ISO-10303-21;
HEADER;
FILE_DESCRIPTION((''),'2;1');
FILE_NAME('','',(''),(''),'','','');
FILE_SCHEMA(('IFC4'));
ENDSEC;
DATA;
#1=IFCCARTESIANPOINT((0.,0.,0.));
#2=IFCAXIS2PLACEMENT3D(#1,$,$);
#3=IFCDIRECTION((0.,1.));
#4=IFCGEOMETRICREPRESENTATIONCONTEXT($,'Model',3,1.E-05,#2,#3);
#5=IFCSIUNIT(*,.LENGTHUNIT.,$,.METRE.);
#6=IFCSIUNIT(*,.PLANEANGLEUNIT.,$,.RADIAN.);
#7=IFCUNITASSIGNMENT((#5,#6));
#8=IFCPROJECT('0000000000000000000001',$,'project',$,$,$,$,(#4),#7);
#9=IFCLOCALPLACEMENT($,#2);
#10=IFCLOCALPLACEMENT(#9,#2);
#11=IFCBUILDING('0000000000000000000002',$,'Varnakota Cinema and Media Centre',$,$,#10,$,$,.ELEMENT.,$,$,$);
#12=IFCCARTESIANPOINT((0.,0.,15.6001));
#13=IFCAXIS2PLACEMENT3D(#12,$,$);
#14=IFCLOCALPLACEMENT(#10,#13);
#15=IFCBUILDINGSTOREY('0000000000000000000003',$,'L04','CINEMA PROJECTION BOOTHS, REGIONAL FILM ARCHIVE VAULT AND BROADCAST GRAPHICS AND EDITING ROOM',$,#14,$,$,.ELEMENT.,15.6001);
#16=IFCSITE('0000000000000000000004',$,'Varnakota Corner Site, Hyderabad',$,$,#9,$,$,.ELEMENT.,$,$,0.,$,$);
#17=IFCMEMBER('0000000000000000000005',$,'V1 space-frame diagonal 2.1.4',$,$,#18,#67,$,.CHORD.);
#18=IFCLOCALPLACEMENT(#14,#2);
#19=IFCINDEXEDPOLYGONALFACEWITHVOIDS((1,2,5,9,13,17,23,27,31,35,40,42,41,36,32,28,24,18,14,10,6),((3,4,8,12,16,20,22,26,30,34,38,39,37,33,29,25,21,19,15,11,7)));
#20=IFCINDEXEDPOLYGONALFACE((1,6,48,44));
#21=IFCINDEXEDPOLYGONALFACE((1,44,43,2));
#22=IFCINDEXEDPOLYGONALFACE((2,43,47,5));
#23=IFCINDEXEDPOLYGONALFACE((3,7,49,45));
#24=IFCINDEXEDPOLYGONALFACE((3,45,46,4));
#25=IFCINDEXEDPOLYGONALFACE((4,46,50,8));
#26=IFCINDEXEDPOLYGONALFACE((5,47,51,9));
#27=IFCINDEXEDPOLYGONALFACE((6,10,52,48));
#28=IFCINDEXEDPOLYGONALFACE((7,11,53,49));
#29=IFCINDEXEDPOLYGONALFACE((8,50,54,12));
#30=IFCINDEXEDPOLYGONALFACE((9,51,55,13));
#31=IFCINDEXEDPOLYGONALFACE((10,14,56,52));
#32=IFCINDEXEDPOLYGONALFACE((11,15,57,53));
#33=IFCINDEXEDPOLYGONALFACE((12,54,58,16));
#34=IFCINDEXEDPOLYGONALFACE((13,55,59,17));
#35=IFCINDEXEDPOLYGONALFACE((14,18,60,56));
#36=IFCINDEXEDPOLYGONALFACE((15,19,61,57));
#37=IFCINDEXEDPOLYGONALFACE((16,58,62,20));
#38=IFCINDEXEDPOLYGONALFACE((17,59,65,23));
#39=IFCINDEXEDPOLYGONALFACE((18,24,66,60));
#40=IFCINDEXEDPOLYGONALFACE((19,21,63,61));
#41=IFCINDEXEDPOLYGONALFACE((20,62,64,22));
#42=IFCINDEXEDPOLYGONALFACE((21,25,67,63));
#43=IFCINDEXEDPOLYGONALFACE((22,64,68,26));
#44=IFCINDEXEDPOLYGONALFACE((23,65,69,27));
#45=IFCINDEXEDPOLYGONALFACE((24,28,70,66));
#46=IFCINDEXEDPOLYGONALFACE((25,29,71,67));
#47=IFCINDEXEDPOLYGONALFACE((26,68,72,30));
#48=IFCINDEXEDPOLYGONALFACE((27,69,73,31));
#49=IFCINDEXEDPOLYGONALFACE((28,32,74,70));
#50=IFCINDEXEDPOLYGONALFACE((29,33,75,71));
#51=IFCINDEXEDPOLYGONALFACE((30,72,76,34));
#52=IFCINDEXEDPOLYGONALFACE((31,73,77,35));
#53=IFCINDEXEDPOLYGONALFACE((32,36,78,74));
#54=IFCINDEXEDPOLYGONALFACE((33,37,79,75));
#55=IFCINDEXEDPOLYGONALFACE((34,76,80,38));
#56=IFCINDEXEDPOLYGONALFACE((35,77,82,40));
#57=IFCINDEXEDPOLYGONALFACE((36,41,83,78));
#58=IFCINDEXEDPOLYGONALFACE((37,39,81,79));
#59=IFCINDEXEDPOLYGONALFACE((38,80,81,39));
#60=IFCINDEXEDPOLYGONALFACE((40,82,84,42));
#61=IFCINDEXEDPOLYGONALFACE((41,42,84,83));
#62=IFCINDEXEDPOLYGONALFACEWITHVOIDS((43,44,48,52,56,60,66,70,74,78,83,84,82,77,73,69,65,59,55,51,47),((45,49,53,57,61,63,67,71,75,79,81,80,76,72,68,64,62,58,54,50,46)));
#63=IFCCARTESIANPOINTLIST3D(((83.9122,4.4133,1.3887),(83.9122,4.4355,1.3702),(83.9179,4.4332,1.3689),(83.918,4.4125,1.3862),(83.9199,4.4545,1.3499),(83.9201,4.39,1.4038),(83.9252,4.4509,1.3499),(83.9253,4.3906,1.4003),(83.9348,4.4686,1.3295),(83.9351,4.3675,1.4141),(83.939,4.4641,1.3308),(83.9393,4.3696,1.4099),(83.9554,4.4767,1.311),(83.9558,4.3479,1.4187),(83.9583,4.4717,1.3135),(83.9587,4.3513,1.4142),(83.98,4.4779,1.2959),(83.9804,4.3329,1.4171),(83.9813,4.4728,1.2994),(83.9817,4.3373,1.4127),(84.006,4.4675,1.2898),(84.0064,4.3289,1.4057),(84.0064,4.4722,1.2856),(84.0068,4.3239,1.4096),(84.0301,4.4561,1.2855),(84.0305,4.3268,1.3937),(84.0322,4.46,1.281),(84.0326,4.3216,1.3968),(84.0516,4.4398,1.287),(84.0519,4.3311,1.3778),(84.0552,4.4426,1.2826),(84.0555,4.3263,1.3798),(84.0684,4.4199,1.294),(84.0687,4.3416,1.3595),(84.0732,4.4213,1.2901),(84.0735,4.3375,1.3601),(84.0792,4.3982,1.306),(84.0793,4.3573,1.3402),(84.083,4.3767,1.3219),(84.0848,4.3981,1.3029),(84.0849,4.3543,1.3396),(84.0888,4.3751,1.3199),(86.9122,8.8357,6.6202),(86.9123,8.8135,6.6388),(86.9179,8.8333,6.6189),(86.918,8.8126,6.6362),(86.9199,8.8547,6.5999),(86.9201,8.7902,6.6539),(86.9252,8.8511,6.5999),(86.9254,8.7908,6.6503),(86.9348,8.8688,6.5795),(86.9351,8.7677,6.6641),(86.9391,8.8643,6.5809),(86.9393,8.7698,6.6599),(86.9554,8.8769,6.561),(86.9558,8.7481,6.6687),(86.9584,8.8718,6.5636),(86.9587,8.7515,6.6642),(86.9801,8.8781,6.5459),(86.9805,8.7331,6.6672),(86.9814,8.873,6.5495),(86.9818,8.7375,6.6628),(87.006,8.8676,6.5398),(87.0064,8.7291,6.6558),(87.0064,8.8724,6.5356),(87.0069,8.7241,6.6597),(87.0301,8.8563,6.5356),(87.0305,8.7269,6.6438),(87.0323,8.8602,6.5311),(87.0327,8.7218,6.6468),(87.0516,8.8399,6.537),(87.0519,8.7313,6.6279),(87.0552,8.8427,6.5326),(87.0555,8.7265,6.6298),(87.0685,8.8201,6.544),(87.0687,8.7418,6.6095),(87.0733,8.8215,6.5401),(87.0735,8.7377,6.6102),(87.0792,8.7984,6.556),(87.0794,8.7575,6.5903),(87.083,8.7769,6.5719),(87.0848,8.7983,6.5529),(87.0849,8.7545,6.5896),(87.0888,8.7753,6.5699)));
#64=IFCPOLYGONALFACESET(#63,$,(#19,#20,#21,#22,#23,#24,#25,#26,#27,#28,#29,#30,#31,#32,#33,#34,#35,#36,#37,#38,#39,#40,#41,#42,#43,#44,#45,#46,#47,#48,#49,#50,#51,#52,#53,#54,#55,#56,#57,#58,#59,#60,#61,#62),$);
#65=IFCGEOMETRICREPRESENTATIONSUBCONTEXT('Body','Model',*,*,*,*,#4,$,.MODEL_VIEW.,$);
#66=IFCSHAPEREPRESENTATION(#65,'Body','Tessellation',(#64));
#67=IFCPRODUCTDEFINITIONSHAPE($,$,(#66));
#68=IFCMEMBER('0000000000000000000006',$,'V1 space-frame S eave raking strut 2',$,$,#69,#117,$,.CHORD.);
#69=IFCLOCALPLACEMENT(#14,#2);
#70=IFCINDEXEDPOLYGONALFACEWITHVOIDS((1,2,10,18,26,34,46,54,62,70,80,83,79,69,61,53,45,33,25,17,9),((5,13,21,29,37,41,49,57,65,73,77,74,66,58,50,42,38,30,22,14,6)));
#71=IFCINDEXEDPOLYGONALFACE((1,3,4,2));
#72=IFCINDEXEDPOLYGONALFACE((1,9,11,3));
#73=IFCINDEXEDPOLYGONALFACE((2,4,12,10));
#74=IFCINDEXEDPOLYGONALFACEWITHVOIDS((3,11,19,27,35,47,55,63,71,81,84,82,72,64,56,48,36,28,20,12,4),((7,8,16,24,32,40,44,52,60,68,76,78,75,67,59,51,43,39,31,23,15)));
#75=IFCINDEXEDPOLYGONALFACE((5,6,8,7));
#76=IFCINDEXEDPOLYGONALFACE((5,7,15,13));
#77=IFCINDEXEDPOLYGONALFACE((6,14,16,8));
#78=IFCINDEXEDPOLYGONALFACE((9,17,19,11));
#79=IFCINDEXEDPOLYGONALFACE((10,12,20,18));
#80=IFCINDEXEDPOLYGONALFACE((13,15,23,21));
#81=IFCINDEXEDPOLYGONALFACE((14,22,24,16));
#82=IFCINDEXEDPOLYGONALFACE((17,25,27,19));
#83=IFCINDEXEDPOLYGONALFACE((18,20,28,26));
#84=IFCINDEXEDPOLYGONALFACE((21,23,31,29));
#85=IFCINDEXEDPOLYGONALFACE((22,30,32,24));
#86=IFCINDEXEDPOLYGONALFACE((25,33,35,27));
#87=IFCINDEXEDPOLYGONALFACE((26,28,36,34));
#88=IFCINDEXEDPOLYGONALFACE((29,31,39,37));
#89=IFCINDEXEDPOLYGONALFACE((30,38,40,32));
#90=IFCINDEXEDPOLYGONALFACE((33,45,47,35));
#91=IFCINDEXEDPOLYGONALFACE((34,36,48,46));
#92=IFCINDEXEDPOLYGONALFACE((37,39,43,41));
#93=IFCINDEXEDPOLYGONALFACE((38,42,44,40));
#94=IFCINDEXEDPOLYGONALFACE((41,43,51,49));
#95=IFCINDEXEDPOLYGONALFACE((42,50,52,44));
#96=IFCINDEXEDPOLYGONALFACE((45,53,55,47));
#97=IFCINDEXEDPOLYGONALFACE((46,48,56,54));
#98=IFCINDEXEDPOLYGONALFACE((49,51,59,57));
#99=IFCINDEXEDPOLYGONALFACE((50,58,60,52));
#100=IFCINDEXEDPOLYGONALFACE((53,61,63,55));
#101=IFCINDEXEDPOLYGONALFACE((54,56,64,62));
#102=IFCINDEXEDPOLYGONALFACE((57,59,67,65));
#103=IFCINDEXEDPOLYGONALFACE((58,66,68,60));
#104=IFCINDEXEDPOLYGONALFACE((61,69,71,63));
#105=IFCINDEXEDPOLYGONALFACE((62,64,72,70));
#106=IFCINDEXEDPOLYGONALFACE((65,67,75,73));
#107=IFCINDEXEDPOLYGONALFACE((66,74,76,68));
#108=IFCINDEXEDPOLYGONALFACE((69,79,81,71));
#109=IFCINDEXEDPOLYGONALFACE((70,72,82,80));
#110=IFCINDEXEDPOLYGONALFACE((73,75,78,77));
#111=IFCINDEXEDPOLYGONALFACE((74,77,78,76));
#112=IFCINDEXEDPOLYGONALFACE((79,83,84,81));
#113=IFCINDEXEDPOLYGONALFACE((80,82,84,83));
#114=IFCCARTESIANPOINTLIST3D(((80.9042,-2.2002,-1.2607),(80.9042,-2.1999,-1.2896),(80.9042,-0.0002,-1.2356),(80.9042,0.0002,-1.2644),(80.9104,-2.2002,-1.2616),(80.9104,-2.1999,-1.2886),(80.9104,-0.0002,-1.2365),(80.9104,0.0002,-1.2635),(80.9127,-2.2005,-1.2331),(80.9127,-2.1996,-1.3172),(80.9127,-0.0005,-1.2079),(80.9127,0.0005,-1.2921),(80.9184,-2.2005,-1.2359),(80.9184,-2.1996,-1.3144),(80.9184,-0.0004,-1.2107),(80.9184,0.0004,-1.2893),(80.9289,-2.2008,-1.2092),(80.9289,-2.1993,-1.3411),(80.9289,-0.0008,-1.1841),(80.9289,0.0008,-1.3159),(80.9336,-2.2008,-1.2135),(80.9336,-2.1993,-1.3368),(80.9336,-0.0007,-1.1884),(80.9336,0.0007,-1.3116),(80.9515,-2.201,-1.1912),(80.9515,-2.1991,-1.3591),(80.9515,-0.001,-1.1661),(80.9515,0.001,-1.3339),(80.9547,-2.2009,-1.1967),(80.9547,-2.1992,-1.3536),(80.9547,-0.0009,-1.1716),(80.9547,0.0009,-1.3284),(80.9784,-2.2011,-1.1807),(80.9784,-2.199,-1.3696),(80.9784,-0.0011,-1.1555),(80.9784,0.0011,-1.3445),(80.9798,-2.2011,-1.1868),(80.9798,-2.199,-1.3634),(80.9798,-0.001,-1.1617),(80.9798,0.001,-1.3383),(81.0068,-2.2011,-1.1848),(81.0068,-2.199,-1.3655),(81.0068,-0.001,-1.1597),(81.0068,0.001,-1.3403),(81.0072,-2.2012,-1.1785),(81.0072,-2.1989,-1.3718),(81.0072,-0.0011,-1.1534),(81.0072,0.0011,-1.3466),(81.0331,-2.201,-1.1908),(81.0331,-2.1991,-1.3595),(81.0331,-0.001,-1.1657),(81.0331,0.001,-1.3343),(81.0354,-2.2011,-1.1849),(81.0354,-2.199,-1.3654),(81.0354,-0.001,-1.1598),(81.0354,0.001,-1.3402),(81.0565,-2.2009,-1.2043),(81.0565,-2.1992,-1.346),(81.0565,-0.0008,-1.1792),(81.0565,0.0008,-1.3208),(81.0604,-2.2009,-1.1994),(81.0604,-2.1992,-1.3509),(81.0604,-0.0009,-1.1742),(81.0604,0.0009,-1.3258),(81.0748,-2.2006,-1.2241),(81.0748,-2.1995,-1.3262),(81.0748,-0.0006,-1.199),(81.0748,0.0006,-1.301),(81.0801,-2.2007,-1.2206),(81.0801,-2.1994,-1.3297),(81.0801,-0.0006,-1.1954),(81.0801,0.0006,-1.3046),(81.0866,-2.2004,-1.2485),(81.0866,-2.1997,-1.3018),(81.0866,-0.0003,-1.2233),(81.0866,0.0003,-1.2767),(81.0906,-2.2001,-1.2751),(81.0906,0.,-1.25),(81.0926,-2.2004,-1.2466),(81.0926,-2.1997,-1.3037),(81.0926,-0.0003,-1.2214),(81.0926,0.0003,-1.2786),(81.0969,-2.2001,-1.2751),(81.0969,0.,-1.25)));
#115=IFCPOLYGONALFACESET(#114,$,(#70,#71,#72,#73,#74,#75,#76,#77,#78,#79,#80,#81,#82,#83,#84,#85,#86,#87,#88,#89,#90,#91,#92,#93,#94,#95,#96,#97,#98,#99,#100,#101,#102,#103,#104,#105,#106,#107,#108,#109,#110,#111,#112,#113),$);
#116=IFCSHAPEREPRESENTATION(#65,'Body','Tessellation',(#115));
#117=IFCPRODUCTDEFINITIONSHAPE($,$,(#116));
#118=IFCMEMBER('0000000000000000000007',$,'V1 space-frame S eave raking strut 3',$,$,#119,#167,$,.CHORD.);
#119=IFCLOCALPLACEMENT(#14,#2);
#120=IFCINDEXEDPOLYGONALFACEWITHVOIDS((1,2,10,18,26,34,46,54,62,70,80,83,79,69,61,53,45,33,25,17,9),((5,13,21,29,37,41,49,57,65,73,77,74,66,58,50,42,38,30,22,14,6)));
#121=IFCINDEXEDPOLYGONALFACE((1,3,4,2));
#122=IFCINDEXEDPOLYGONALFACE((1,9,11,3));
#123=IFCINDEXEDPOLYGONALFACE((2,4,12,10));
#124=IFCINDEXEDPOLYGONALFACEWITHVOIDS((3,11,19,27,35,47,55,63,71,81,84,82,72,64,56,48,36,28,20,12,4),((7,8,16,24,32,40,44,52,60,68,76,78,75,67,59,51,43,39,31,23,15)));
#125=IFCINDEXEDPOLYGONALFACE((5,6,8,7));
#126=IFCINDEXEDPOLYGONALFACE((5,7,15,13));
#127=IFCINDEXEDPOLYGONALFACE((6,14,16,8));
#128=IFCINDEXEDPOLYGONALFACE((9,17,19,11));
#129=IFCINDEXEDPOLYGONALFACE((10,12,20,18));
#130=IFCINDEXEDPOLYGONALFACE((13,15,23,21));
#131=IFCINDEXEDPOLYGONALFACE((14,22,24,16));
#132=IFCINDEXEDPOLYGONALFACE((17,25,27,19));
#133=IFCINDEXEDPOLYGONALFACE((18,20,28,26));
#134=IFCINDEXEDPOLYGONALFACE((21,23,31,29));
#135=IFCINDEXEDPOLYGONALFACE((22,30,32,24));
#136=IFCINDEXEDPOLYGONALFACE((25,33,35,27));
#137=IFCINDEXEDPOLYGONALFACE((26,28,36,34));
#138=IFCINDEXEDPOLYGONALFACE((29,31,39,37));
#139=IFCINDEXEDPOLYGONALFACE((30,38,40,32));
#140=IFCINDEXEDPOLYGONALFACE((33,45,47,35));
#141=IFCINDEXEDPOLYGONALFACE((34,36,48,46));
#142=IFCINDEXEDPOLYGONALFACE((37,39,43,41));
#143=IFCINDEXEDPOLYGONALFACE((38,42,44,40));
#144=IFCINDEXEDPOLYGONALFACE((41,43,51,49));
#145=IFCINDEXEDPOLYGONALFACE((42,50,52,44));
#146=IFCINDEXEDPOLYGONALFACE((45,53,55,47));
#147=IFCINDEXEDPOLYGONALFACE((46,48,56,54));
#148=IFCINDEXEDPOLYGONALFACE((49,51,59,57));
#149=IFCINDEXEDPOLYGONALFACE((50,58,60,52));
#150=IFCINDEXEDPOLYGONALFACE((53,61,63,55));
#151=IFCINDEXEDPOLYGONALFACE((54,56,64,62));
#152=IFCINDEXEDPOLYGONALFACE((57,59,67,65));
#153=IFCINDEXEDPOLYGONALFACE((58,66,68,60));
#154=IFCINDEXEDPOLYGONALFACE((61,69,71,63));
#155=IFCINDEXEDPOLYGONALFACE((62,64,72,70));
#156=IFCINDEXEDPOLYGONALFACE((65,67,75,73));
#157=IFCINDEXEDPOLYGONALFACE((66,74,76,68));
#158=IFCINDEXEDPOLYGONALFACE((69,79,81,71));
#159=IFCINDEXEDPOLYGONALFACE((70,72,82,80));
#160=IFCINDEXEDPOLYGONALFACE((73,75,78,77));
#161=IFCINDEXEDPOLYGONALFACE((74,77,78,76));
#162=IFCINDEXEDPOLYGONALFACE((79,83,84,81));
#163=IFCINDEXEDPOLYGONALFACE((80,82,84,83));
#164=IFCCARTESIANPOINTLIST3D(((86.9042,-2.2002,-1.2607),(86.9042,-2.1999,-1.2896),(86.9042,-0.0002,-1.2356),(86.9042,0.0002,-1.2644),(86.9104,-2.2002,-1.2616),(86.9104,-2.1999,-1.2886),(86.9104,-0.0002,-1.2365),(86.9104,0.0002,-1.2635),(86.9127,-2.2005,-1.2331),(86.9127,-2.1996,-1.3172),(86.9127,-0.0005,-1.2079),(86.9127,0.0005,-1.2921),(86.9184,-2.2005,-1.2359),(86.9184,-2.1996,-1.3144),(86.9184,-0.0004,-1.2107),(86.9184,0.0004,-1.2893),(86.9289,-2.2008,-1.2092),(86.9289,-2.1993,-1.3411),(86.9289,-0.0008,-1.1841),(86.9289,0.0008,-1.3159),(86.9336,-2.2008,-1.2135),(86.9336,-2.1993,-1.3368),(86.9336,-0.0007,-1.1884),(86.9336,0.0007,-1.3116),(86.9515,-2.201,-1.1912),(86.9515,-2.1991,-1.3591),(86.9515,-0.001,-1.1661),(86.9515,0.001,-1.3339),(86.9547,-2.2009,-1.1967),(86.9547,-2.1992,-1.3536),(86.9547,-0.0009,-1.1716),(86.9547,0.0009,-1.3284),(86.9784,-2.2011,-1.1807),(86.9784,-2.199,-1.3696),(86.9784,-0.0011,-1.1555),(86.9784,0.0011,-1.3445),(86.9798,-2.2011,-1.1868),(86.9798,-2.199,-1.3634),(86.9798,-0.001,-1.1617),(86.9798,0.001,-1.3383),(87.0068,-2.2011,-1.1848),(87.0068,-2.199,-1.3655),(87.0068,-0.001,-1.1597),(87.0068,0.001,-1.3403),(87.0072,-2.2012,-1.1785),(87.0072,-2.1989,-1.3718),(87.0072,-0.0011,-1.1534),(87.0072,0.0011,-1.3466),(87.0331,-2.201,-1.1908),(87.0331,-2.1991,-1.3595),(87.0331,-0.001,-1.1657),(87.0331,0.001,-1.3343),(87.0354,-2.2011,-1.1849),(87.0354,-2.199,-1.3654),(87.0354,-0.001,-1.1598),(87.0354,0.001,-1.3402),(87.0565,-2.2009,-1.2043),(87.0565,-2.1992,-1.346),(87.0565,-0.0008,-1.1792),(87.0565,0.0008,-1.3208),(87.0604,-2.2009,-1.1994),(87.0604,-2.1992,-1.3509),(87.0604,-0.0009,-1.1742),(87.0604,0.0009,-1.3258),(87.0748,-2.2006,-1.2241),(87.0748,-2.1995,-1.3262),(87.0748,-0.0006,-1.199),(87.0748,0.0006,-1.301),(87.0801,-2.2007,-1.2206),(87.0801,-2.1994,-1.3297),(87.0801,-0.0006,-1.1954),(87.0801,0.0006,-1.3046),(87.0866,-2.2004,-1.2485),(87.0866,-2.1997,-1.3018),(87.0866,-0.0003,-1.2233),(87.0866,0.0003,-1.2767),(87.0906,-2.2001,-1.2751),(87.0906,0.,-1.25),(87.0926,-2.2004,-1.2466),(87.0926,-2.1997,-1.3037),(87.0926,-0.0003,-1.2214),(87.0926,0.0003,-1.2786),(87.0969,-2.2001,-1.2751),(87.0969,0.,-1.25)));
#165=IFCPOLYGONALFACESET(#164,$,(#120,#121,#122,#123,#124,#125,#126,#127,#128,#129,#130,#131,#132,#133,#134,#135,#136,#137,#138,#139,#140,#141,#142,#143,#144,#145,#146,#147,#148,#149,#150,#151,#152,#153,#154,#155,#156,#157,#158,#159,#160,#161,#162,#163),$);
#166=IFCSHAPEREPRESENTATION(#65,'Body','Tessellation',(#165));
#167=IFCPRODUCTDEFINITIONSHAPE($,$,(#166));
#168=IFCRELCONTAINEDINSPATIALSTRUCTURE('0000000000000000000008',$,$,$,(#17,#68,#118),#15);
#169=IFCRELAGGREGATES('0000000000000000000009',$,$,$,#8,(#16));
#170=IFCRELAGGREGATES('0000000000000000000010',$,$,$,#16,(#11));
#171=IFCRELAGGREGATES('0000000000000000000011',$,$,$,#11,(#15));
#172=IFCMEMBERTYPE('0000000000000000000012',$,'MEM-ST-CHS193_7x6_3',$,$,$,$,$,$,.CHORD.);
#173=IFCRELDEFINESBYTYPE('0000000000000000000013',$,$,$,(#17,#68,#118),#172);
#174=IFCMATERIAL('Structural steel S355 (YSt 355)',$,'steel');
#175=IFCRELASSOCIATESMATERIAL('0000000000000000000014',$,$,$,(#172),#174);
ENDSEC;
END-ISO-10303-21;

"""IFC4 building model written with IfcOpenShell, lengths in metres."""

from ifc_helpers import new_model, si_unit, direction, frame, origin, origin_2d, place, context, subcontext, project, spatial, hollow_circle, extrude, material, material_profile, profile_set, type_object, element, save


model = new_model("IFC4")

# Units and contexts
model_context = context("Model", 3, precision=1e-05, world=origin(), true_north=direction((0.0, 1.0)))
body_context = subcontext(model_context, "Body", "Model", "MODEL_VIEW")
ifc_project = project(units=[si_unit("LENGTHUNIT", "METRE"), si_unit("PLANEANGLEUNIT", "RADIAN")], contexts=[model_context])

# Site, building, storey
site_placement = place(None, origin())
site = spatial("IfcSite", under=ifc_project, at=site_placement, Name="Varnakota Corner Site, Hyderabad", CompositionType="ELEMENT", RefElevation=0.0)
building_placement = place(site_placement, origin())
building = spatial("IfcBuilding", under=site, at=building_placement, Name="Varnakota Cinema and Media Centre", CompositionType="ELEMENT")
storey_placement = place(building_placement, frame((0.0, 0.0, 15.6001)))
storey = spatial("IfcBuildingStorey", under=building, at=storey_placement, Name="L04", Description="CINEMA PROJECTION BOOTHS, REGIONAL FILM ARCHIVE VAULT AND BROADCAST GRAPHICS AND EDITING ROOM", CompositionType="ELEMENT", Elevation=15.6001)

# Members
ifc_material_1 = material(Name="Structural steel S355 (YSt 355)", Category="steel")
ifc_material_profile_1 = material_profile(ifc_material_1, hollow_circle(Radius=0.0969, WallThickness=0.0063, at=origin_2d()), Name="CHS 193.7x6.3")
ifc_profile_set_1 = profile_set([ifc_material_profile_1], Name="Structural steel S355 (YSt 355)")
member_type_1 = type_object("IfcMemberType", Name="MEM-ST-CHS193_7x6_3", PredefinedType="CHORD", material=ifc_profile_set_1)
member_1_placement = place(storey_placement, frame((84.0, 4.3999, 1.3499), z_axis=(0.401165, 0.588395, 0.702039), x_axis=(-0.826236, 0.563324, 0.0)))
element("IfcMember", 1, at=member_1_placement, inside=storey, type_object=member_type_1, Name="V1 space-frame diagonal 2.1.4", PredefinedType="CHORD", context=body_context, shape_type="SweptSolid", body=[
    extrude(hollow_circle(Radius=0.0969, WallThickness=0.0063, at=origin_2d()), origin(), (0.0, 0.0, 1.0), 7.4783),
])
for number, where, z_axis, x_axis, name in (
    (2, (81.0, 0.0, -1.25), (0.0, -0.999935, -0.01143), (1.0, 0.0, 0.0), "V1 space-frame S eave raking strut 2"),
    (3, (87.0, 0.0, -1.25), (0.0, -0.999935, -0.01143), (1.0, 0.0, 0.0), "V1 space-frame S eave raking strut 3"),
):
    element("IfcMember", number, at=place(storey_placement, frame(where, z_axis=z_axis, x_axis=x_axis)), inside=storey, type_object=member_type_1, Name=name, PredefinedType="CHORD", context=body_context, shape_type="SweptSolid", body=[
        extrude(hollow_circle(Radius=0.0969, WallThickness=0.0063, at=origin_2d()), origin(), (0.0, 0.0, 1.0), 2.2002),
    ])

save(model, "model.ifc")
